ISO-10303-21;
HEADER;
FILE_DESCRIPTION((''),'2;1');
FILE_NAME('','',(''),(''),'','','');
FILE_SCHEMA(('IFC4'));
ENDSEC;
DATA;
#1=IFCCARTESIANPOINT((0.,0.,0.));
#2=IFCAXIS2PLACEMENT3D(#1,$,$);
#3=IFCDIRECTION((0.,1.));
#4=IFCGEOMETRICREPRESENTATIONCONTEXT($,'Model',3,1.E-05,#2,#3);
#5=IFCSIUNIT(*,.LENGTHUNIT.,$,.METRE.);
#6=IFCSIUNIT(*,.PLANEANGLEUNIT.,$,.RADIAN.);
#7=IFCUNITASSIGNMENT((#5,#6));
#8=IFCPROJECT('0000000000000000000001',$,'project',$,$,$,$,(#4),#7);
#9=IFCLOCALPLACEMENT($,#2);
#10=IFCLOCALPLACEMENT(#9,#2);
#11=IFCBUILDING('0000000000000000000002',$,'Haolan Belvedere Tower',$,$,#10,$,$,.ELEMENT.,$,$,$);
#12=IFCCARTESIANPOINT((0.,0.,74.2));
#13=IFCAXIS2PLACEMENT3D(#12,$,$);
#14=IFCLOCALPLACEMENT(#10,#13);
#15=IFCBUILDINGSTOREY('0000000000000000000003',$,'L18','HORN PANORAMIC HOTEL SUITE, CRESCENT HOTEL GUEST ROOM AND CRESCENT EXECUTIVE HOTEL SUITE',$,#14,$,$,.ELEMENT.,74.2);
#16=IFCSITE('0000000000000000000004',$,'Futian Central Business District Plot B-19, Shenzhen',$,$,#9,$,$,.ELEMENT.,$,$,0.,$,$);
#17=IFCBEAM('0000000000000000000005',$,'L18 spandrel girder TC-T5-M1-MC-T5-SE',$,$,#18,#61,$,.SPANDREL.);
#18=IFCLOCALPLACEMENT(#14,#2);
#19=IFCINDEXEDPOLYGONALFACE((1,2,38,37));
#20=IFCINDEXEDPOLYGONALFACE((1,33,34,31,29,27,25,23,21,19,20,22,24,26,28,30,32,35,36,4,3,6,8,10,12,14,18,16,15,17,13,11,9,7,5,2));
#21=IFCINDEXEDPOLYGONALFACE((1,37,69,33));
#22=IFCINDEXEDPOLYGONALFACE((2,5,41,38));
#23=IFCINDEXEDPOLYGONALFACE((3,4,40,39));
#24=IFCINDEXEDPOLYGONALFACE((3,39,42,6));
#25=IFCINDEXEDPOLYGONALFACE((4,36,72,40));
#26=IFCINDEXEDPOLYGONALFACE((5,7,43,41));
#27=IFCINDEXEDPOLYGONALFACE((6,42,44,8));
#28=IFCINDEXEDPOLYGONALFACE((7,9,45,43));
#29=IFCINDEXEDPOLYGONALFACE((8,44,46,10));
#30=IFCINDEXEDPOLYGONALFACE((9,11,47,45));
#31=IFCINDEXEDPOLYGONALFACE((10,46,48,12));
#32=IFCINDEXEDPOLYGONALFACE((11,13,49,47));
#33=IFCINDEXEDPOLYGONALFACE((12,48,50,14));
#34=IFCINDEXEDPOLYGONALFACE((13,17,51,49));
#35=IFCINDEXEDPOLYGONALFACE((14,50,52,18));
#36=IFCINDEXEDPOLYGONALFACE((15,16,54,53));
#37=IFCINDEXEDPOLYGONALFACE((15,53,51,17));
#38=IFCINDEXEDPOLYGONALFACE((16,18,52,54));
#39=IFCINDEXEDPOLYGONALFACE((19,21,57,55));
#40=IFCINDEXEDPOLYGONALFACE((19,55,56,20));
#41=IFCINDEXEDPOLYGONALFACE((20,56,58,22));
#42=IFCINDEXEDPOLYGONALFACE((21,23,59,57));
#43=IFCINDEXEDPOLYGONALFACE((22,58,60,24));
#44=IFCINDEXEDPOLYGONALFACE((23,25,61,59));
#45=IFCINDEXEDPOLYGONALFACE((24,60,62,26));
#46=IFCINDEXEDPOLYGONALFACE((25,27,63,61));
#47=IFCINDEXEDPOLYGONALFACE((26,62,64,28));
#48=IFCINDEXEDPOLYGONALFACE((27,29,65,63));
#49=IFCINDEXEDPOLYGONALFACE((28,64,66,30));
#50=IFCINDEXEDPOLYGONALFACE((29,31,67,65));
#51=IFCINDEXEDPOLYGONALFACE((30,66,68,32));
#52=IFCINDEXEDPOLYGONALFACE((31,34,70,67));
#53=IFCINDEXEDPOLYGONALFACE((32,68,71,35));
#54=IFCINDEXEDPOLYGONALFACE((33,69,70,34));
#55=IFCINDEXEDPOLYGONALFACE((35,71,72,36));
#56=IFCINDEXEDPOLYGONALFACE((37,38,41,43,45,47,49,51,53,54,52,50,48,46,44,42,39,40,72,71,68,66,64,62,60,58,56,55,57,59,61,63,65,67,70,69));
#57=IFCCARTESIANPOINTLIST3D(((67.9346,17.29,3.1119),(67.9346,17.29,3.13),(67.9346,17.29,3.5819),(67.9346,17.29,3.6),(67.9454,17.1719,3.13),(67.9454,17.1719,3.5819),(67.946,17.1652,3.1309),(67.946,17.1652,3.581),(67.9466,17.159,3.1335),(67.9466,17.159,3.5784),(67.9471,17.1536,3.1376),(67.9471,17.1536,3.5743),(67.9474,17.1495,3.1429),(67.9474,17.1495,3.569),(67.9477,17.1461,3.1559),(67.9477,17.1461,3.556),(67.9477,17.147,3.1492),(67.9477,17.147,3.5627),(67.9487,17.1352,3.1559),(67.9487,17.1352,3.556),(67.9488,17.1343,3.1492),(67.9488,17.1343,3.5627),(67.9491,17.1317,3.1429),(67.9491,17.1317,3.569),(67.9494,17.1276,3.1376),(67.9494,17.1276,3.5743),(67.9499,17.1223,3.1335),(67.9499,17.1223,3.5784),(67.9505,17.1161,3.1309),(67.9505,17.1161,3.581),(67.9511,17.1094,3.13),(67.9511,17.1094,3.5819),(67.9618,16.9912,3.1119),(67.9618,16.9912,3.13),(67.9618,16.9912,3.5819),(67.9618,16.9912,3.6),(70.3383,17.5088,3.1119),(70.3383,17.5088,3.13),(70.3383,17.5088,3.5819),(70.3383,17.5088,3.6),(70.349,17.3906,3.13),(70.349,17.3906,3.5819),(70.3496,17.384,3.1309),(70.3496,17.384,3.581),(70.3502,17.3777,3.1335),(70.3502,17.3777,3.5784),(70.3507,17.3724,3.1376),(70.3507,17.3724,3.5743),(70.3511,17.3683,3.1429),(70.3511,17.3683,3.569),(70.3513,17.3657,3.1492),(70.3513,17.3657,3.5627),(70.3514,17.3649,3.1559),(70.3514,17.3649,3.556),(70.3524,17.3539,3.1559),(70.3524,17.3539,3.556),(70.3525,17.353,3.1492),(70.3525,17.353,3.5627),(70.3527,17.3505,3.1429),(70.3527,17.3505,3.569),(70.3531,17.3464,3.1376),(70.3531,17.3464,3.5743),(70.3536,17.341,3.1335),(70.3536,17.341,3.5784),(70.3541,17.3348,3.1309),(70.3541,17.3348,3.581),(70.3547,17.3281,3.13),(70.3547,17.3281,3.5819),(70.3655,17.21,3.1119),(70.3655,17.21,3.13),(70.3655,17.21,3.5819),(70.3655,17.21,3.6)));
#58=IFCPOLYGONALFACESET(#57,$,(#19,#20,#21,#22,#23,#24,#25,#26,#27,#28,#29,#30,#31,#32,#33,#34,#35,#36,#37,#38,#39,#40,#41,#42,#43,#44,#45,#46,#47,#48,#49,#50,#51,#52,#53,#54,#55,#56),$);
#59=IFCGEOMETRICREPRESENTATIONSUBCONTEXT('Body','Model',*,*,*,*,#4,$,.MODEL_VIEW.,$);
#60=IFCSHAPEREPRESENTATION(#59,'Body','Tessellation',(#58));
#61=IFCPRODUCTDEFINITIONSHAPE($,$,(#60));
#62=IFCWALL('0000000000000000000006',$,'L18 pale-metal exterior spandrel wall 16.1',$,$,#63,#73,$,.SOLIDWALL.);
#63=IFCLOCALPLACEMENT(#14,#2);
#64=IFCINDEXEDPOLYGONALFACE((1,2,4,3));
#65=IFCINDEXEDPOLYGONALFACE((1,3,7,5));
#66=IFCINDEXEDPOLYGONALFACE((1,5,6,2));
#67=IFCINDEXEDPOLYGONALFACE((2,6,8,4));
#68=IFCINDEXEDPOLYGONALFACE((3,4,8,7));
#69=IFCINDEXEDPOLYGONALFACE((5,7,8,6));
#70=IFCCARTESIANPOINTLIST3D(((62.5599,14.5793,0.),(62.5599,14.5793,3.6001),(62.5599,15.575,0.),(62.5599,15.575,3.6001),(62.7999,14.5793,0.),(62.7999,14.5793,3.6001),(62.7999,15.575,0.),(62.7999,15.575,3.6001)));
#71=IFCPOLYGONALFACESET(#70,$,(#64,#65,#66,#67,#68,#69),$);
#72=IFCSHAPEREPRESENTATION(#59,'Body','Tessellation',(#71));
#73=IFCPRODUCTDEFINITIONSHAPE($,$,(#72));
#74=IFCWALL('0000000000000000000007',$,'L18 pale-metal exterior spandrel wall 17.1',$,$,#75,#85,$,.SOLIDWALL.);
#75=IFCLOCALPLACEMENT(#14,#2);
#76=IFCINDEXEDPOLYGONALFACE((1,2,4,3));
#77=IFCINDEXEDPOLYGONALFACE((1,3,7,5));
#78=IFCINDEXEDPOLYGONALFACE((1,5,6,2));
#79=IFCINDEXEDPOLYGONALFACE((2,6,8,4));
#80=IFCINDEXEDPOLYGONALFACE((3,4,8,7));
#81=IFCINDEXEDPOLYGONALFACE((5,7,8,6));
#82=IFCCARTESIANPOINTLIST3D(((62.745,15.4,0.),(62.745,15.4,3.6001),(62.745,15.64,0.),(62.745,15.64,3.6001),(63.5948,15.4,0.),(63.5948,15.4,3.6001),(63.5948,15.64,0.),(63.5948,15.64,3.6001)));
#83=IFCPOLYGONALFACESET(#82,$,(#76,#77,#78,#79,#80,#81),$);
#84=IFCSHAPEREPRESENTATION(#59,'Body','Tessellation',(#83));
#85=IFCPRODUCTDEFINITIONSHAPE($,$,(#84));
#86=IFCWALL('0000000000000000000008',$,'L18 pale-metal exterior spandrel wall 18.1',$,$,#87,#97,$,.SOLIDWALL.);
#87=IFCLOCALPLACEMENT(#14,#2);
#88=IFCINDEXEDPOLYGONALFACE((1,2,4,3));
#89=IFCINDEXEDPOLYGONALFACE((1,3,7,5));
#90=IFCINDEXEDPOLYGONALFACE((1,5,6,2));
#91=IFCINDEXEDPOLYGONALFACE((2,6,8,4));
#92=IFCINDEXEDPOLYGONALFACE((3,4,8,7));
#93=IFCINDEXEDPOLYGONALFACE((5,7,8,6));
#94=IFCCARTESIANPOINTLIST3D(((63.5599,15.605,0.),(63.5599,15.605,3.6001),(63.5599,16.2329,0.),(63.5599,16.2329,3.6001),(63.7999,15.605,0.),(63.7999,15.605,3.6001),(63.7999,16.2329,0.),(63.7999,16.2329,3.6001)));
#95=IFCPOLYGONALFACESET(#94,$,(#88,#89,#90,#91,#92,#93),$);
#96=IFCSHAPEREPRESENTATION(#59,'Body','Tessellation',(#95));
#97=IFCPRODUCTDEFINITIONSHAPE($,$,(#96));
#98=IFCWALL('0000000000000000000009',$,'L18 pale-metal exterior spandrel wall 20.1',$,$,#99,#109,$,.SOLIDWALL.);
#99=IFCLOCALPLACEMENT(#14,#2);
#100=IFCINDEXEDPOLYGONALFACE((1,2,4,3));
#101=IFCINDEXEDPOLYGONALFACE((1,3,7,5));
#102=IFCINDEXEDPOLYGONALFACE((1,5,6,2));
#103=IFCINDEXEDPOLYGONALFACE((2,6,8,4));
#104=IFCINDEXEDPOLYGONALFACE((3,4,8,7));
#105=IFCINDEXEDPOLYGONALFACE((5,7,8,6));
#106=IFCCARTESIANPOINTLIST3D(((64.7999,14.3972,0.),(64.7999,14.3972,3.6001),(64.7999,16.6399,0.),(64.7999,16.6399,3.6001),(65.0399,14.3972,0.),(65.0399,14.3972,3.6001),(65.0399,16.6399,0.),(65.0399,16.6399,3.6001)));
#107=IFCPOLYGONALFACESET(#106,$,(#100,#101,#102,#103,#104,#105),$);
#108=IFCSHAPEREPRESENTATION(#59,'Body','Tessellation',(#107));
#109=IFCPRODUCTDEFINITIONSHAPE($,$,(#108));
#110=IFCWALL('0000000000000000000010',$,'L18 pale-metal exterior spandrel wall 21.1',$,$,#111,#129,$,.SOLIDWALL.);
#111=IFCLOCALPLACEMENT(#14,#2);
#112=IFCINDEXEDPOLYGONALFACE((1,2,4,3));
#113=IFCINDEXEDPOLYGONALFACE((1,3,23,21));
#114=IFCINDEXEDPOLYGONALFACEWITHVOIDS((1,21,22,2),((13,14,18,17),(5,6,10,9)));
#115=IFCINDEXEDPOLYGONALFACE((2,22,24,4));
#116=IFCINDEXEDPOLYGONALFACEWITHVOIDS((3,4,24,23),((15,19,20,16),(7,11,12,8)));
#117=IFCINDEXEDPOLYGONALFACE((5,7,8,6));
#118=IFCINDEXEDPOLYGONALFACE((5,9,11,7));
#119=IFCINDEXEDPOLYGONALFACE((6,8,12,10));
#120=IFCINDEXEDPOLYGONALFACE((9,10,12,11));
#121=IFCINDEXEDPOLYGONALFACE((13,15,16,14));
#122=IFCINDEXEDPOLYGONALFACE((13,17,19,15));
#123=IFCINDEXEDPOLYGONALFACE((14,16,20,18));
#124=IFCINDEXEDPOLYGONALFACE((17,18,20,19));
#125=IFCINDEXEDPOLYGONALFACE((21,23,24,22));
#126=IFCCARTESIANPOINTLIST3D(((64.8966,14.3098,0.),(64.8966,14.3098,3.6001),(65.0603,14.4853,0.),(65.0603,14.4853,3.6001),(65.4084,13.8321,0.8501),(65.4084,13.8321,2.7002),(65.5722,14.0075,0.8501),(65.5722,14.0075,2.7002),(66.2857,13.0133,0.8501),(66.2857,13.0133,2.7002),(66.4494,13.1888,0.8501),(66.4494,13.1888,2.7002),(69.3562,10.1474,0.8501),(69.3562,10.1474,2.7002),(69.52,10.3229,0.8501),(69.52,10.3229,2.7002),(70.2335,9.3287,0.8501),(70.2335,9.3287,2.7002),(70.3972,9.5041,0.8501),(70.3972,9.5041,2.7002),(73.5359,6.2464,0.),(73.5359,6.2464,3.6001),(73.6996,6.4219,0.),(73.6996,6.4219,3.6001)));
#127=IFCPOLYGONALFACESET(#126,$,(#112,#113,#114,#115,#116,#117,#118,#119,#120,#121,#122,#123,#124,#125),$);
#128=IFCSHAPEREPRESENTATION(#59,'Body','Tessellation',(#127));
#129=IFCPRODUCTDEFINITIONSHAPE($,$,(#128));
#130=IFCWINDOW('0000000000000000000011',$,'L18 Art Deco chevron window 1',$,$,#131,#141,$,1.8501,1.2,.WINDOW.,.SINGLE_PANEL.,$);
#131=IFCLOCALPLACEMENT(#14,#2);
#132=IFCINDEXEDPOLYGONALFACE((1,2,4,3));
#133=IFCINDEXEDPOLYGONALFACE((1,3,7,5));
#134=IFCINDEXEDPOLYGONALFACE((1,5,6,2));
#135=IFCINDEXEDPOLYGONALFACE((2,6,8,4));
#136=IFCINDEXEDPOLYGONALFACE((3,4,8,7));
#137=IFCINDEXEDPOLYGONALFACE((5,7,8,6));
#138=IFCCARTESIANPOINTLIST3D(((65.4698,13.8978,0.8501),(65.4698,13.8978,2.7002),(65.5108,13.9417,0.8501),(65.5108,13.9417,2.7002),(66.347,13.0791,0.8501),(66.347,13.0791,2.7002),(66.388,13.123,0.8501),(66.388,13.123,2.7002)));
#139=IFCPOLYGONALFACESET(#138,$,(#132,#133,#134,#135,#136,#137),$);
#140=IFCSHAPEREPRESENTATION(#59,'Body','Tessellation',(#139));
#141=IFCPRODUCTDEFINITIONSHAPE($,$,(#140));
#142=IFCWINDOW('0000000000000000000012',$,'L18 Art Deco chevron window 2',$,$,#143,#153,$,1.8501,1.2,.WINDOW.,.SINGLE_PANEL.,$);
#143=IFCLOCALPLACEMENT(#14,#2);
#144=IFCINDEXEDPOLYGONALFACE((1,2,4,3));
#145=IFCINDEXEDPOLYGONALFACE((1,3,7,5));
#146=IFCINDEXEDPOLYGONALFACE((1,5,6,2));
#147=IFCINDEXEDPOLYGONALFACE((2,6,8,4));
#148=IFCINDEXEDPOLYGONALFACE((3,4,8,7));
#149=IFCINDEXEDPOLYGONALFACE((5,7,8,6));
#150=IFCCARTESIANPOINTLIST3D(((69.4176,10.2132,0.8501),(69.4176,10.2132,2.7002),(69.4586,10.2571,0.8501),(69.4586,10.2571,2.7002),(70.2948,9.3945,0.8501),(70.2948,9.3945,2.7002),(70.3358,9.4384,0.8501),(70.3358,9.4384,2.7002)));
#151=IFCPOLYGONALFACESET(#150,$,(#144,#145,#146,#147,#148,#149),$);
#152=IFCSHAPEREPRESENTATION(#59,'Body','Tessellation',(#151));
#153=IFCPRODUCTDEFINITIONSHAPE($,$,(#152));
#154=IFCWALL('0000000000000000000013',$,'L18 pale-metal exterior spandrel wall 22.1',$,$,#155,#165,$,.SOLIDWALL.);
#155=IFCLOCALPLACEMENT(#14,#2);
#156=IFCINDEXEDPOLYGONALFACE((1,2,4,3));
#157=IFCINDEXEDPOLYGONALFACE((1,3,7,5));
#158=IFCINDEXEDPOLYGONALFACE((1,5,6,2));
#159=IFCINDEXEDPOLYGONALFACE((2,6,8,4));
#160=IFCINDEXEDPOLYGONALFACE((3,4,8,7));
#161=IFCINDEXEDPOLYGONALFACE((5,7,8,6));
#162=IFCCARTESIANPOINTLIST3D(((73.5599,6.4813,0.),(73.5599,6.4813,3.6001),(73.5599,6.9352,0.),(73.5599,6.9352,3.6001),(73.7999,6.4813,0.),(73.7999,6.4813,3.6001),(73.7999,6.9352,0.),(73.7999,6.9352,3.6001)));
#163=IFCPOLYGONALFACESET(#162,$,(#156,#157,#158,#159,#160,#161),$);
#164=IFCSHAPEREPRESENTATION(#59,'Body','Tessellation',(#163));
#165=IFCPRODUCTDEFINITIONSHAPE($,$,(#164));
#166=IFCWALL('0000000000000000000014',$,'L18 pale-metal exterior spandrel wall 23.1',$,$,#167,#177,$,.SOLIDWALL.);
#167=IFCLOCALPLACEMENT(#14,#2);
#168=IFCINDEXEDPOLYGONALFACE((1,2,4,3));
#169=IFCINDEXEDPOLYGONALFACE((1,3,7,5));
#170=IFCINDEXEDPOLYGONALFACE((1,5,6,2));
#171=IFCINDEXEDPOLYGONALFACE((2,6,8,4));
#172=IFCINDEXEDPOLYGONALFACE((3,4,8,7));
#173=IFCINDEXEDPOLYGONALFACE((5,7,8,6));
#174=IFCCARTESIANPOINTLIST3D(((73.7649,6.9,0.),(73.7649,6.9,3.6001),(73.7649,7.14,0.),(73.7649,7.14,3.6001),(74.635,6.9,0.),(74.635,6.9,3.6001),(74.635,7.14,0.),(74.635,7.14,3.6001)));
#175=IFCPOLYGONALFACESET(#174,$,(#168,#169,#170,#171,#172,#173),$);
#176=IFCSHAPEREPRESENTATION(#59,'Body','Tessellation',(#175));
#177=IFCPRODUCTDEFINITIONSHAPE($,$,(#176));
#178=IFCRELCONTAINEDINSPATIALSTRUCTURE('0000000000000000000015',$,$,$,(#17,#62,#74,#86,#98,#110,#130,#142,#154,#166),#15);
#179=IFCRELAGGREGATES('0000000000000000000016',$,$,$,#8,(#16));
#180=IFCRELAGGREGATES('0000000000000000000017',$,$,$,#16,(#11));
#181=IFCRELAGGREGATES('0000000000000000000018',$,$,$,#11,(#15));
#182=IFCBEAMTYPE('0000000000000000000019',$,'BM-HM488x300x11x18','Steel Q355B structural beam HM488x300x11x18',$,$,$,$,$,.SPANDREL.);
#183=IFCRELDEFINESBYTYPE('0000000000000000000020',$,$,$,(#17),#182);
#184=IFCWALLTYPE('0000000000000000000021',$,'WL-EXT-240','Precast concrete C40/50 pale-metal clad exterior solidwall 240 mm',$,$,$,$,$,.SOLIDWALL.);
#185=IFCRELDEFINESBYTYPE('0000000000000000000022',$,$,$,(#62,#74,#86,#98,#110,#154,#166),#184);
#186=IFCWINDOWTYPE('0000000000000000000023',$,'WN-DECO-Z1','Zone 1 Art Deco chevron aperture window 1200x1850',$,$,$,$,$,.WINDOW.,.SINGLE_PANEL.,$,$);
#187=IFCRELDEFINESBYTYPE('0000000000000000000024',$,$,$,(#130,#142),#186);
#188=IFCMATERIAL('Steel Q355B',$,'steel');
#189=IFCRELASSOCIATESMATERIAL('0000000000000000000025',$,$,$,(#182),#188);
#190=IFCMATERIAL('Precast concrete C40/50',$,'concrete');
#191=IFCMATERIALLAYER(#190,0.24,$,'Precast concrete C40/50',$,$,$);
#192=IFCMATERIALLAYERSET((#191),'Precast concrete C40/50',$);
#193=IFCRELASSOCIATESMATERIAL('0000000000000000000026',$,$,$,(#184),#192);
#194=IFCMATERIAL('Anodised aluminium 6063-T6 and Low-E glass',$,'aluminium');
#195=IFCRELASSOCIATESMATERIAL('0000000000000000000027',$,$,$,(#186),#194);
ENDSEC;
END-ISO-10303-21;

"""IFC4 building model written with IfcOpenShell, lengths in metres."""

from ifc_helpers import new_model, si_unit, direction, frame, frame_2d, origin, origin_2d, place, context, subcontext, project, spatial, rectangle, i_section, extrude, material, layer, layer_set, material_profile, profile_set, type_object, element, fill, save


model = new_model("IFC4")

# Units and contexts
model_context = context("Model", 3, precision=1e-05, world=origin(), true_north=direction((0.0, 1.0)))
body_context = subcontext(model_context, "Body", "Model", "MODEL_VIEW")
ifc_project = project(units=[si_unit("LENGTHUNIT", "METRE"), si_unit("PLANEANGLEUNIT", "RADIAN")], contexts=[model_context])

# Site, building, storey
site_placement = place(None, origin())
site = spatial("IfcSite", under=ifc_project, at=site_placement, Name="Futian Central Business District Plot B-19, Shenzhen", CompositionType="ELEMENT", RefElevation=0.0)
building_placement = place(site_placement, origin())
building = spatial("IfcBuilding", under=site, at=building_placement, Name="Haolan Belvedere Tower", CompositionType="ELEMENT")
storey_placement = place(building_placement, frame((0.0, 0.0, 74.2)))
storey = spatial("IfcBuildingStorey", under=building, at=storey_placement, Name="L18", Description="HORN PANORAMIC HOTEL SUITE, CRESCENT HOTEL GUEST ROOM AND CRESCENT EXECUTIVE HOTEL SUITE", CompositionType="ELEMENT", Elevation=74.2)

# Shared definitions
ifc_material_1 = material(Name="Steel Q355B", Category="steel")

# Beam
ifc_material_profile_1 = material_profile(ifc_material_1, i_section(OverallWidth=0.3, OverallDepth=0.488, WebThickness=0.011, FlangeThickness=0.0181, FilletRadius=0.0259, at=origin_2d()), Name="Steel Q355B")
ifc_profile_set_1 = profile_set([ifc_material_profile_1], Name="Steel Q355B")
beam_type = type_object("IfcBeamType", Name="BM-HM488x300x11x18", Description="Steel Q355B structural beam HM488x300x11x18", PredefinedType="SPANDREL", material=ifc_profile_set_1)
for number, where, z_axis, x_axis, name in (
    (1, (67.9482, 17.1406, 3.356), (0.995884, 0.090636, 0.0), (-0.090636, 0.995884, 0.0), "L18 spandrel girder TC-T5-M1-MC-T5-SE"),
):
    element("IfcBeam", number, at=place(storey_placement, frame(where, z_axis=z_axis, x_axis=x_axis)), inside=storey, type_object=beam_type, Name=name, PredefinedType="SPANDREL", context=body_context, shape_type="SweptSolid", body=[
        extrude(i_section(OverallWidth=0.3, OverallDepth=0.488, WebThickness=0.011, FlangeThickness=0.0181, FilletRadius=0.0259, at=origin_2d()), origin(), (0.0, 0.0, 1.0), 2.4136),
    ])

# Walls
ifc_material_2 = material(Name="Precast concrete C40/50", Category="concrete")
ifc_layer_1 = layer(ifc_material_2, 0.24, Name="Precast concrete C40/50")
ifc_layer_set_1 = layer_set([ifc_layer_1], Name="Precast concrete C40/50")
wall_type_1 = type_object("IfcWallType", Name="WL-EXT-240", Description="Precast concrete C40/50 pale-metal clad exterior solidwall 240 mm", PredefinedType="SOLIDWALL", material=ifc_layer_set_1)
wall_1_placement = place(storey_placement, frame((62.6799, 14.5793, 0.0), z_axis=(0.0, 0.0, 1.0), x_axis=(0.0, 1.0, 0.0)))
element("IfcWall", 2, at=wall_1_placement, inside=storey, type_object=wall_type_1, Name="L18 pale-metal exterior spandrel wall 16.1", PredefinedType="SOLIDWALL", context=body_context, shape_type="SweptSolid", body=[
    extrude(rectangle(XDim=0.9956, YDim=0.24, at=frame_2d((0.4978, 0.0))), origin(), (0.0, 0.0, 1.0), 3.6001),
])
wall_2_placement = place(storey_placement, frame((62.7451, 15.52, 0.0), z_axis=(0.0, 0.0, 1.0), x_axis=(1.0, 0.0, 0.0)))
element("IfcWall", 3, at=wall_2_placement, inside=storey, type_object=wall_type_1, Name="L18 pale-metal exterior spandrel wall 17.1", PredefinedType="SOLIDWALL", context=body_context, shape_type="SweptSolid", body=[
    extrude(rectangle(XDim=0.8499, YDim=0.24, at=frame_2d((0.4248, 0.0))), origin(), (0.0, 0.0, 1.0), 3.6001),
])
wall_3_placement = place(storey_placement, frame((63.6799, 15.605, 0.0), z_axis=(0.0, 0.0, 1.0), x_axis=(0.0, 1.0, 0.0)))
element("IfcWall", 4, at=wall_3_placement, inside=storey, type_object=wall_type_1, Name="L18 pale-metal exterior spandrel wall 18.1", PredefinedType="SOLIDWALL", context=body_context, shape_type="SweptSolid", body=[
    extrude(rectangle(XDim=0.6279, YDim=0.24, at=frame_2d((0.314, 0.0))), origin(), (0.0, 0.0, 1.0), 3.6001),
])
wall_4_placement = place(storey_placement, frame((64.9199, 16.6399, 0.0), z_axis=(0.0, 0.0, 1.0), x_axis=(0.0, -1.0, 0.0)))
element("IfcWall", 5, at=wall_4_placement, inside=storey, type_object=wall_type_1, Name="L18 pale-metal exterior spandrel wall 20.1", PredefinedType="SOLIDWALL", context=body_context, shape_type="SweptSolid", body=[
    extrude(rectangle(XDim=2.2427, YDim=0.24, at=frame_2d((1.1213, 0.0))), origin(), (0.0, 0.0, 1.0), 3.6001),
])

# Wall, openings, windows
wall_5_placement = place(storey_placement, frame((64.9785, 14.3975, 0.0), z_axis=(0.0, 0.0, 1.0), x_axis=(0.731054, -0.68232, 0.0)))
wall_5 = element("IfcWall", 6, at=wall_5_placement, inside=storey, type_object=wall_type_1, Name="L18 pale-metal exterior spandrel wall 21.1", PredefinedType="SOLIDWALL", context=body_context, shape_type="SweptSolid", body=[
    extrude(rectangle(XDim=11.8176, YDim=0.24, at=frame_2d((5.9087, 0.0))), origin(), (0.0, 0.0, 1.0), 3.6001),
])
opening_1_placement = place(wall_5_placement, frame((0.7, 0.0, 0.8501)))
opening_1 = element("IfcOpeningElement", 7, at=opening_1_placement, cuts=wall_5, PredefinedType="OPENING", context=body_context, shape_type="SweptSolid", body=[
    extrude(rectangle(XDim=1.2, YDim=1.8501, at=frame_2d((0.6001, 0.925))), frame((0.0, 0.1299, 0.0), z_axis=(0.0, -1.0, 0.0), x_axis=(1.0, 0.0, 0.0)), (0.0, 0.0, 1.0), 0.26),
])
opening_2_placement = place(wall_5_placement, frame((6.1001, 0.0, 0.8501)))
opening_2 = element("IfcOpeningElement", 8, at=opening_2_placement, cuts=wall_5, PredefinedType="OPENING", context=body_context, shape_type="SweptSolid", body=[
    extrude(rectangle(XDim=1.2, YDim=1.8501, at=frame_2d((0.6001, 0.925))), frame((0.0, 0.1299, 0.0), z_axis=(0.0, -1.0, 0.0), x_axis=(1.0, 0.0, 0.0)), (0.0, 0.0, 1.0), 0.26),
])
ifc_material_3 = material(Name="Anodised aluminium 6063-T6 and Low-E glass", Category="aluminium")
window_type = type_object("IfcWindowType", Name="WN-DECO-Z1", Description="Zone 1 Art Deco chevron aperture window 1200x1850", PartitioningType="SINGLE_PANEL", PredefinedType="WINDOW", material=ifc_material_3)
window_1_placement = place(opening_1_placement, origin())
window_1 = element("IfcWindow", 9, at=window_1_placement, inside=storey, type_object=window_type, Name="L18 Art Deco chevron window 1", OverallHeight=1.8501, OverallWidth=1.2, PartitioningType="SINGLE_PANEL", PredefinedType="WINDOW", context=body_context, shape_type="SweptSolid", body=[
    extrude(rectangle(XDim=1.2, YDim=1.8501, at=frame_2d((0.6001, 0.925))), frame((0.0, 0.03, 0.0), z_axis=(0.0, -1.0, 0.0), x_axis=(1.0, 0.0, 0.0)), (0.0, 0.0, 1.0), 0.0601),
])
fill(opening_1, window_1)
window_2_placement = place(opening_2_placement, origin())
window_2 = element("IfcWindow", 10, at=window_2_placement, inside=storey, type_object=window_type, Name="L18 Art Deco chevron window 2", OverallHeight=1.8501, OverallWidth=1.2, PartitioningType="SINGLE_PANEL", PredefinedType="WINDOW", context=body_context, shape_type="SweptSolid", body=[
    extrude(rectangle(XDim=1.2, YDim=1.8501, at=frame_2d((0.6001, 0.925))), frame((0.0, 0.03, 0.0), z_axis=(0.0, -1.0, 0.0), x_axis=(1.0, 0.0, 0.0)), (0.0, 0.0, 1.0), 0.0601),
])
fill(opening_2, window_2)

# Walls
wall_6_placement = place(storey_placement, frame((73.6799, 6.4812, 0.0), z_axis=(0.0, 0.0, 1.0), x_axis=(0.0, 1.0, 0.0)))
element("IfcWall", 11, at=wall_6_placement, inside=storey, type_object=wall_type_1, Name="L18 pale-metal exterior spandrel wall 22.1", PredefinedType="SOLIDWALL", context=body_context, shape_type="SweptSolid", body=[
    extrude(rectangle(XDim=0.4539, YDim=0.24, at=frame_2d((0.2271, 0.0))), origin(), (0.0, 0.0, 1.0), 3.6001),
])
wall_7_placement = place(storey_placement, frame((73.7649, 7.02, 0.0), z_axis=(0.0, 0.0, 1.0), x_axis=(1.0, 0.0, 0.0)))
element("IfcWall", 12, at=wall_7_placement, inside=storey, type_object=wall_type_1, Name="L18 pale-metal exterior spandrel wall 23.1", PredefinedType="SOLIDWALL", context=body_context, shape_type="SweptSolid", body=[
    extrude(rectangle(XDim=0.8701, YDim=0.24, at=frame_2d((0.4351, 0.0))), origin(), (0.0, 0.0, 1.0), 3.6001),
])

save(model, "model.ifc")
